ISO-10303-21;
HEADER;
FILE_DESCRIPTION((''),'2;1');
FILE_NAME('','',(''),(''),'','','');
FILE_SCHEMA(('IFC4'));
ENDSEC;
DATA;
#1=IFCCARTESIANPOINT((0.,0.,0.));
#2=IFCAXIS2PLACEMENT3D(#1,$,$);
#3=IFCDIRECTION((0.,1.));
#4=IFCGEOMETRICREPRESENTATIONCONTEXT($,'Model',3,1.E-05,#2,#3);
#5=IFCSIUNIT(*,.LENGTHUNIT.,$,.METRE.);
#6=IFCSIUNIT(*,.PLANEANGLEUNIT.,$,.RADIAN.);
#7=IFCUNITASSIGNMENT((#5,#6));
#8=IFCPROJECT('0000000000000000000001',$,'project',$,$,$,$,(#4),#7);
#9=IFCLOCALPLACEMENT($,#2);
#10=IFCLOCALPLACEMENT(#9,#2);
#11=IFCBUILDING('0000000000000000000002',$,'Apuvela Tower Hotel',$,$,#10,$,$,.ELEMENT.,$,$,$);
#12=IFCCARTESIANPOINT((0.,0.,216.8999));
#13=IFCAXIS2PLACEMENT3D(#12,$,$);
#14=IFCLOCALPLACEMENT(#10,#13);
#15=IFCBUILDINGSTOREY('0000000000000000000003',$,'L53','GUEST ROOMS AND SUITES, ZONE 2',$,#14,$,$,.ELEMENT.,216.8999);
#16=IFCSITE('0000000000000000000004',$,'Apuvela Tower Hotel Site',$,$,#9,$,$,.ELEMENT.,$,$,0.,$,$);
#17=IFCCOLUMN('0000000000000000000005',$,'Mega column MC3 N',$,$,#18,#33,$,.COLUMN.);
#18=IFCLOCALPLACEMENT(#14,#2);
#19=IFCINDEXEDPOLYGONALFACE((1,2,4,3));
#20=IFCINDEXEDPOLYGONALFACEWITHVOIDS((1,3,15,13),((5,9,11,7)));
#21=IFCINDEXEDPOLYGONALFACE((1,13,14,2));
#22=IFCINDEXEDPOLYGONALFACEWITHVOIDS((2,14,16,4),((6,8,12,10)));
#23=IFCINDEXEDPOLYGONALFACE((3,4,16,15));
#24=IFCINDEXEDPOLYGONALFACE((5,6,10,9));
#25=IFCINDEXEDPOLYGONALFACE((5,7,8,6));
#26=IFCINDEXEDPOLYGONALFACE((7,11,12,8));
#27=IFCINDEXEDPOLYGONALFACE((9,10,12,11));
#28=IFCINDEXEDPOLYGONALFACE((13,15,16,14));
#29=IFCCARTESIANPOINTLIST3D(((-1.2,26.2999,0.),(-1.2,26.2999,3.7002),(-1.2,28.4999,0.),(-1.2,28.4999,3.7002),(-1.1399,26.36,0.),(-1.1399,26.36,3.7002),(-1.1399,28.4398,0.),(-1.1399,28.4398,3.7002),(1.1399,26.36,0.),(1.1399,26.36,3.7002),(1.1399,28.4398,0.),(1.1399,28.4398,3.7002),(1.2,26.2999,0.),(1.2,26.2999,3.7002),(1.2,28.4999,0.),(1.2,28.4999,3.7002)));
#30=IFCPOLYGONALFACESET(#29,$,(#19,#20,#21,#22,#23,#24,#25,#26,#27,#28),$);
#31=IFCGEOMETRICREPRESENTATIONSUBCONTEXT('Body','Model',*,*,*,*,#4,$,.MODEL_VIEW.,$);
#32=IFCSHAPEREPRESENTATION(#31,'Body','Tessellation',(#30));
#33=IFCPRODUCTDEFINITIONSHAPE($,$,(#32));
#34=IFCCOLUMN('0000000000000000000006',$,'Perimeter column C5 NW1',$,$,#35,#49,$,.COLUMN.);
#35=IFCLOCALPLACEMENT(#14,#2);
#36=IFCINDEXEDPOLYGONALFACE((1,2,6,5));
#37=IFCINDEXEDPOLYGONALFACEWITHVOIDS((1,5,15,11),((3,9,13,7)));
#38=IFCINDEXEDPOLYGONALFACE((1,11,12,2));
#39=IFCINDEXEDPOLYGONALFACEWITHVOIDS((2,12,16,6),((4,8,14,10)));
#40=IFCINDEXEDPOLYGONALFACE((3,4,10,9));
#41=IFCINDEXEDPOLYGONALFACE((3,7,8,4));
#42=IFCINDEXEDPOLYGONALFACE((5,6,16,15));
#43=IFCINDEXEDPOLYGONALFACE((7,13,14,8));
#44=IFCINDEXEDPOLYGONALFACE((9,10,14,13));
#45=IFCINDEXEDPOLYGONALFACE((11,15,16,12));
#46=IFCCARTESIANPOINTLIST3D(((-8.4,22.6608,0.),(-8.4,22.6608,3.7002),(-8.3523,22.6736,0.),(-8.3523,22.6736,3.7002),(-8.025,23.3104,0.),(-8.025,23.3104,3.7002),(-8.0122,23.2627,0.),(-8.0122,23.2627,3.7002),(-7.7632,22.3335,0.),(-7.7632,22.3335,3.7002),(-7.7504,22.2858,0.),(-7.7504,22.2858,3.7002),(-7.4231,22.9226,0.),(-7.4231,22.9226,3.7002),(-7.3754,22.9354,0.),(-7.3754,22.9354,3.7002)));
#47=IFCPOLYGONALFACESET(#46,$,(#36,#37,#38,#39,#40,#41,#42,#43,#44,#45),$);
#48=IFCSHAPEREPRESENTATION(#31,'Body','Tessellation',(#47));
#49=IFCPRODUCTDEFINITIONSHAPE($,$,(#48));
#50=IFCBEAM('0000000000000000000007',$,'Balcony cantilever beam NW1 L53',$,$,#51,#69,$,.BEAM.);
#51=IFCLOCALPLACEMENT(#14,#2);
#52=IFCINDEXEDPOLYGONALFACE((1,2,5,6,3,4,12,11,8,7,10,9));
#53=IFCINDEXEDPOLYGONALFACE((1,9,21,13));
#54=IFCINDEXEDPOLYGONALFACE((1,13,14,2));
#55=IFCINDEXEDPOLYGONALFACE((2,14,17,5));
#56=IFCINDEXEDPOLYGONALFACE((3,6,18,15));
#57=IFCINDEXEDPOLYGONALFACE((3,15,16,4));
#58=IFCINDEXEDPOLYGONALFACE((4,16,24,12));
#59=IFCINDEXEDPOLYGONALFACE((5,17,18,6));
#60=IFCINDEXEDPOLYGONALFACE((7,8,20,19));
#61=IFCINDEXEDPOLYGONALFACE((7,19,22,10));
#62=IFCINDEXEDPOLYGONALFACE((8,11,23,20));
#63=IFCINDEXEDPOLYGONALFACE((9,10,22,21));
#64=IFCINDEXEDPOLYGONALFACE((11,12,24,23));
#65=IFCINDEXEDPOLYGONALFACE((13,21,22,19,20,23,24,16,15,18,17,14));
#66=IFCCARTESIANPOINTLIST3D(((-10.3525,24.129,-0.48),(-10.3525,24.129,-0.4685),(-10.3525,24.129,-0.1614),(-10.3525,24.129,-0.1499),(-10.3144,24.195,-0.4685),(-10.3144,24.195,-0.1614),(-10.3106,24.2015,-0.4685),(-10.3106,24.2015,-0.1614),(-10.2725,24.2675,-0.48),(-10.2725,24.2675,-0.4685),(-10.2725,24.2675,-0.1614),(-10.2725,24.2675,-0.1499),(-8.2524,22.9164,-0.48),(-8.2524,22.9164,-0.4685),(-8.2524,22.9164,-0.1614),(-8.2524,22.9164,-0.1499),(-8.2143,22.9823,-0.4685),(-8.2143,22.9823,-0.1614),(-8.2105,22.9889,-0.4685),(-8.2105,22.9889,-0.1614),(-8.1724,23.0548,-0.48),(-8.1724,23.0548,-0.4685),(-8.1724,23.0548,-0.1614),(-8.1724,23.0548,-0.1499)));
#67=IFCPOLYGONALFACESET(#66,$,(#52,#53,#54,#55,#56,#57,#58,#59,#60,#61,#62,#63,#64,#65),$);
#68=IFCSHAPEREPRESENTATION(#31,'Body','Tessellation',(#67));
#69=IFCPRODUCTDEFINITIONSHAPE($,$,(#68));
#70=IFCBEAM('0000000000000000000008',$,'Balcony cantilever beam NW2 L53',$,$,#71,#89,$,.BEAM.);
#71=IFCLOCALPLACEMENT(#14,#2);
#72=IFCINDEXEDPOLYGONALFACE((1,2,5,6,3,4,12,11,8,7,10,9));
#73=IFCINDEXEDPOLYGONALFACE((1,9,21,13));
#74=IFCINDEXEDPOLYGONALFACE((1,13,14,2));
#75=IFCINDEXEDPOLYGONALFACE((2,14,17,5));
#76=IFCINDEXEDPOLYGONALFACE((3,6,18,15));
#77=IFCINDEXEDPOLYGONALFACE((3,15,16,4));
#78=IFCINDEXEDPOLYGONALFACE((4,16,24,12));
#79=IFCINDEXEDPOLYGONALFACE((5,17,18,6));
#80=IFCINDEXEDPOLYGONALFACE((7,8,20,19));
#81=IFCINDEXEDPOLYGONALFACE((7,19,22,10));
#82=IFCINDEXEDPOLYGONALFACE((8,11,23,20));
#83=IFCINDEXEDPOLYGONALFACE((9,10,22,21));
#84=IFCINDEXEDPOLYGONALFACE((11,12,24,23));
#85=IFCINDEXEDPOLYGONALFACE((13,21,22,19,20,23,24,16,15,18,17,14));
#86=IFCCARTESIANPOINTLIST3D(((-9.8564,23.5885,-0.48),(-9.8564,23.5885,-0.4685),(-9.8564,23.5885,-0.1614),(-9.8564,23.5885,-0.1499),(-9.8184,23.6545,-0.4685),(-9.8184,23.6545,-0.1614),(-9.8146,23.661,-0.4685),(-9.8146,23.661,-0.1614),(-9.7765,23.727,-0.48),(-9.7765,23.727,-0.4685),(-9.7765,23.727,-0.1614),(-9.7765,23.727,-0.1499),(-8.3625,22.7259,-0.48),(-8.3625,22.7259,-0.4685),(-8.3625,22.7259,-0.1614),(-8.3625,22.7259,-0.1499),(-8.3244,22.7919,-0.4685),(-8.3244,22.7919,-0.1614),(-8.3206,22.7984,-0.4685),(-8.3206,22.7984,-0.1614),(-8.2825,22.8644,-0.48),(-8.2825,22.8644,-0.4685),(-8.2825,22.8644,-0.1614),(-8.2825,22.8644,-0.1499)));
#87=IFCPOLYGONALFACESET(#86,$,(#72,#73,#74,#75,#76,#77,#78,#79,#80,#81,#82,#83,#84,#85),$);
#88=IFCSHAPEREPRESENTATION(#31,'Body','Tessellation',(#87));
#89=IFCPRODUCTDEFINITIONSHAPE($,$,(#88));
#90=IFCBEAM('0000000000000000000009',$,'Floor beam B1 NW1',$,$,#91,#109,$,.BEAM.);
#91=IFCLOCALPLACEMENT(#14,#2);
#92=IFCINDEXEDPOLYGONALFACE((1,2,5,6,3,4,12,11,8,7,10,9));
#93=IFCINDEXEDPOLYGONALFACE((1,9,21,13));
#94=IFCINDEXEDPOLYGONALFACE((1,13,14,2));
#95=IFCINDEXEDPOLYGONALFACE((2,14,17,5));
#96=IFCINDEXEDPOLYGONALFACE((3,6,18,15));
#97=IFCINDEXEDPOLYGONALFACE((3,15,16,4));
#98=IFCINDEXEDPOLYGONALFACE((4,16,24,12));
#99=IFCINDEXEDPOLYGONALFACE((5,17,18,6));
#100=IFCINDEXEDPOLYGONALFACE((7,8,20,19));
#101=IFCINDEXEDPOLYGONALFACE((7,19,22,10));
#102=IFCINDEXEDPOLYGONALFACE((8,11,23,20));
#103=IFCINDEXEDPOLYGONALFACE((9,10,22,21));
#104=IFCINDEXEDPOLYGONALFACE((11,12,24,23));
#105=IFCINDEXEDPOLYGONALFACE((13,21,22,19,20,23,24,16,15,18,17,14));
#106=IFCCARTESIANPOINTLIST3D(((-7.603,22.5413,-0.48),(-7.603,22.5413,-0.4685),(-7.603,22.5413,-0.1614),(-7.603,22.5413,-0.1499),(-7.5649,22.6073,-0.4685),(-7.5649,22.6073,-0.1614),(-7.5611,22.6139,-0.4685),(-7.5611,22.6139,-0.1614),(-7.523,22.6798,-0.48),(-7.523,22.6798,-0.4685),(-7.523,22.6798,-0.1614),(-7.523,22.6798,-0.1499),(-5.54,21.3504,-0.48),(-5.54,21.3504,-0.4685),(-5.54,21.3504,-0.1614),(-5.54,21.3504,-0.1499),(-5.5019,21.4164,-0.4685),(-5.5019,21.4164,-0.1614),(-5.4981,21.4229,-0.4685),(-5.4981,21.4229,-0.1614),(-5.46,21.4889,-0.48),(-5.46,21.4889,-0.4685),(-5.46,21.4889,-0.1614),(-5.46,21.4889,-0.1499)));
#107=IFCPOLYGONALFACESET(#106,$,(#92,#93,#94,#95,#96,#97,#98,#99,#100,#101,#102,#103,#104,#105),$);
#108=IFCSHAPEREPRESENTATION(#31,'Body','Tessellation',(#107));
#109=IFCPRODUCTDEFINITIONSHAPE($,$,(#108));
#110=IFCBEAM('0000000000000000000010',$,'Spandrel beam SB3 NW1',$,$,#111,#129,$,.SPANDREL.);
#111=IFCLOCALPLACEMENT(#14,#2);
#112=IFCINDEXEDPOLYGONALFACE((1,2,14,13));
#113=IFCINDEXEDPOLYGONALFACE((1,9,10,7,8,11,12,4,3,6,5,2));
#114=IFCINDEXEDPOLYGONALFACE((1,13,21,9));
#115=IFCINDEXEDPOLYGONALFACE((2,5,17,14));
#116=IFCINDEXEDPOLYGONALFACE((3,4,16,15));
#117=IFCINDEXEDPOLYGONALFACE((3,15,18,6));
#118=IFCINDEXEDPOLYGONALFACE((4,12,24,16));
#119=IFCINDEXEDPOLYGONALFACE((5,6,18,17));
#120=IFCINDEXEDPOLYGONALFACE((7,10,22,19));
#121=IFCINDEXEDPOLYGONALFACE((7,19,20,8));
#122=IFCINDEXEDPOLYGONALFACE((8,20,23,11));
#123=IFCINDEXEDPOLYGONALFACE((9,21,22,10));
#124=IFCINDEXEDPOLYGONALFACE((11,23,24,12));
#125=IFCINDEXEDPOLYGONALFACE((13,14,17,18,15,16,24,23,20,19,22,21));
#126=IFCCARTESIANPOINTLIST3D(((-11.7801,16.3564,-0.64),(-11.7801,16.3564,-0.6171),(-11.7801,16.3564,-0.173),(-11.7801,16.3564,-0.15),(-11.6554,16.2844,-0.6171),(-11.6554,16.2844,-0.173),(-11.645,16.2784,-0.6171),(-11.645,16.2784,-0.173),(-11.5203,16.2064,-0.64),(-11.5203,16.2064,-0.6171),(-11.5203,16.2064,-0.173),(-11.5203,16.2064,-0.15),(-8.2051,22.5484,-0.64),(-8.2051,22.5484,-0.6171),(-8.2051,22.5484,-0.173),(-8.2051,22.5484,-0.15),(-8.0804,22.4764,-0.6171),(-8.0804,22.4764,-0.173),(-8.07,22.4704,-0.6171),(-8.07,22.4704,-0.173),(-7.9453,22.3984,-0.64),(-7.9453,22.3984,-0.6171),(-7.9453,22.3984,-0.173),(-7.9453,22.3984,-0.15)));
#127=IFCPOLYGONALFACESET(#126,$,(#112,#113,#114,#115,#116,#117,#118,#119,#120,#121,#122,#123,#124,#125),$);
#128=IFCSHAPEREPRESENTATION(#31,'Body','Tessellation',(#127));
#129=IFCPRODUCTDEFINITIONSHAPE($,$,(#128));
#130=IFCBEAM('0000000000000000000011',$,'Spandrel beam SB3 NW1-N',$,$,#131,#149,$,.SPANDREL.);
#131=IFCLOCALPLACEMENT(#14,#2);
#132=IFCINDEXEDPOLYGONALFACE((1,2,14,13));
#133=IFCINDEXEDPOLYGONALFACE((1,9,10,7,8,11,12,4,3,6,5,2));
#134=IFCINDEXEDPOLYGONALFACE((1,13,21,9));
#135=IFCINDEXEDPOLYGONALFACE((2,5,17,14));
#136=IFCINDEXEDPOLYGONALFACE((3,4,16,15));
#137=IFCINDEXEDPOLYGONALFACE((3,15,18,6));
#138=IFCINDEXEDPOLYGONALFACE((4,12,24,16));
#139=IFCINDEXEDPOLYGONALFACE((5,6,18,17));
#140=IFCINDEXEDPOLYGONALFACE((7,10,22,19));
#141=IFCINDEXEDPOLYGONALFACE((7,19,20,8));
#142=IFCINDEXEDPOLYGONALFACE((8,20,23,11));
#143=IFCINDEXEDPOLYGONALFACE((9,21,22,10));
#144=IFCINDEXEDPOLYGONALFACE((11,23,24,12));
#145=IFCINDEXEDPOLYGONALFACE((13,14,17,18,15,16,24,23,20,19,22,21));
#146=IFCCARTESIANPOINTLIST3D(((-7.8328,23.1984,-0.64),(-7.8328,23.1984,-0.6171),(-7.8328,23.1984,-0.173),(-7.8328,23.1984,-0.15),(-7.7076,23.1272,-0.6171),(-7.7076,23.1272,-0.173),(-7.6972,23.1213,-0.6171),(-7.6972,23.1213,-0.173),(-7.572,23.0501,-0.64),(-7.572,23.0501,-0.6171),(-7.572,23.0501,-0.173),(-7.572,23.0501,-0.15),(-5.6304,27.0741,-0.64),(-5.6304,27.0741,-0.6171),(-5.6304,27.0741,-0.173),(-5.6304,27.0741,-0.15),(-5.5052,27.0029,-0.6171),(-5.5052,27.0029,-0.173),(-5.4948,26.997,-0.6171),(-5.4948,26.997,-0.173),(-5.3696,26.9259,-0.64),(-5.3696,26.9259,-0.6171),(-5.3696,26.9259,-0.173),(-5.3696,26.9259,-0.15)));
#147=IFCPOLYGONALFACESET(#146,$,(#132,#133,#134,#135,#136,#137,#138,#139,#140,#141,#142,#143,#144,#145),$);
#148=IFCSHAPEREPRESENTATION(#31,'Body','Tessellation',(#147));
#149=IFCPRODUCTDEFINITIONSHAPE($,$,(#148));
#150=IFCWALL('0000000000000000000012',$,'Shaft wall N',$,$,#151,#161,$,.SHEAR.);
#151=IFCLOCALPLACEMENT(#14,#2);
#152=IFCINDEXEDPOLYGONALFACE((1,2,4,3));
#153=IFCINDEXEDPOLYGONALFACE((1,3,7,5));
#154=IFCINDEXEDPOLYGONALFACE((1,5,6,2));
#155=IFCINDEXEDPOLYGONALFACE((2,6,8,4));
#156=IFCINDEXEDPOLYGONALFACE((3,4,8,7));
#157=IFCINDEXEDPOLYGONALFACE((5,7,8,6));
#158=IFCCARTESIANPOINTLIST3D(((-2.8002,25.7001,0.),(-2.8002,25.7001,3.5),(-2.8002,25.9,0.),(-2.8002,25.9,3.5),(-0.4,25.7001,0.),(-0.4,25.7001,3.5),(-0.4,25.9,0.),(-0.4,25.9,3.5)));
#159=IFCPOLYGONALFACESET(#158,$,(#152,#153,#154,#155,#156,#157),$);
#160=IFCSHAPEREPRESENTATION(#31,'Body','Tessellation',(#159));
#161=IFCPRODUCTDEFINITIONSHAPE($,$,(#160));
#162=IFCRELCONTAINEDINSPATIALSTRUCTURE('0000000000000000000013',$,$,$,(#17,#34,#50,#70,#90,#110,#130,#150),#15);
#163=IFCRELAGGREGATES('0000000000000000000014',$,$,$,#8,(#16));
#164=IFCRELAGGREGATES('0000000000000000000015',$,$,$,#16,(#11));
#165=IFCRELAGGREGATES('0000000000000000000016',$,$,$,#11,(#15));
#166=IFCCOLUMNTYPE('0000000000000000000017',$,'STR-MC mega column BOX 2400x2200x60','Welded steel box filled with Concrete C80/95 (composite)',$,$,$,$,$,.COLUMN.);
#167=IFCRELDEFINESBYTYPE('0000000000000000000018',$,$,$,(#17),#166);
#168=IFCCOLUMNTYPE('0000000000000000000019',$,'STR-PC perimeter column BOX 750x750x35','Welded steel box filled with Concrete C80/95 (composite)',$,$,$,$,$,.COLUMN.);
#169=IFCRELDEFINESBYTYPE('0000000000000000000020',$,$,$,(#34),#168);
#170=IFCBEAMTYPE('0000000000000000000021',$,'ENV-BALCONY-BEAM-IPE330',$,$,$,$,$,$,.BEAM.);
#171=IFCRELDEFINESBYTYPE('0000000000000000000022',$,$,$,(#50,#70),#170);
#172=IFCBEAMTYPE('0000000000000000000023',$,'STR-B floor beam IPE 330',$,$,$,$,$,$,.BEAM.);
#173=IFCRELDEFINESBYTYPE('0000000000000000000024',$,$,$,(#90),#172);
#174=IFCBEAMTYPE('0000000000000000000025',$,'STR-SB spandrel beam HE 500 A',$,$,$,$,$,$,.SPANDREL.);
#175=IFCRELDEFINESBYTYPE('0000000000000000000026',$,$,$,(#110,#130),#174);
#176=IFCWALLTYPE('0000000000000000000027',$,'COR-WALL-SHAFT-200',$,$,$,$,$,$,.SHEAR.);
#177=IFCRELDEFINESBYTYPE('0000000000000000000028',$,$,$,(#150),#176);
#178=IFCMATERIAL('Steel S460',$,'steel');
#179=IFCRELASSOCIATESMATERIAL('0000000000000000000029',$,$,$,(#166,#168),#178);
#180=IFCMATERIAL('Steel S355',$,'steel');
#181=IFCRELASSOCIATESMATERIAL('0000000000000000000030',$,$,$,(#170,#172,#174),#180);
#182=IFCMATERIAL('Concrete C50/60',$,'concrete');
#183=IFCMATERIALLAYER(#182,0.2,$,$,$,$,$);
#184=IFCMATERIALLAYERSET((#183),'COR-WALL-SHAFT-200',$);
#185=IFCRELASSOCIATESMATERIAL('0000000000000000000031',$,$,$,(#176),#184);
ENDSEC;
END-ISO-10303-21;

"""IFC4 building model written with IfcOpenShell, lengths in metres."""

from ifc_helpers import new_model, si_unit, direction, frame, frame_2d, origin, origin_2d, place, context, subcontext, project, spatial, rectangle, hollow_rectangle, i_section, extrude, material, layer, layer_set, material_profile, profile_set, type_object, element, save


model = new_model("IFC4")

# Units and contexts
model_context = context("Model", 3, precision=1e-05, world=origin(), true_north=direction((0.0, 1.0)))
body_context = subcontext(model_context, "Body", "Model", "MODEL_VIEW")
ifc_project = project(units=[si_unit("LENGTHUNIT", "METRE"), si_unit("PLANEANGLEUNIT", "RADIAN")], contexts=[model_context])

# Site, building, storey
site_placement = place(None, origin())
site = spatial("IfcSite", under=ifc_project, at=site_placement, Name="Apuvela Tower Hotel Site", CompositionType="ELEMENT", RefElevation=0.0)
building_placement = place(site_placement, origin())
building = spatial("IfcBuilding", under=site, at=building_placement, Name="Apuvela Tower Hotel", CompositionType="ELEMENT")
storey_placement = place(building_placement, frame((0.0, 0.0, 216.8999)))
storey = spatial("IfcBuildingStorey", under=building, at=storey_placement, Name="L53", Description="GUEST ROOMS AND SUITES, ZONE 2", CompositionType="ELEMENT", Elevation=216.8999)

# Columns
ifc_material_1 = material(Name="Steel S460", Category="steel")
ifc_material_profile_1 = material_profile(ifc_material_1, hollow_rectangle(XDim=2.3999, YDim=2.2, WallThickness=0.0601, at=origin_2d()), Name="BOX 2400x2200x60")
ifc_material_2 = material(Name="Concrete C80/95", Category="concrete")
ifc_material_profile_2 = material_profile(ifc_material_2, rectangle(XDim=2.28, YDim=2.0801, at=origin_2d()), Name="Concrete C80/95 infill")
ifc_profile_set_1 = profile_set([ifc_material_profile_1, ifc_material_profile_2], Name="Steel S460")
column_type_1 = type_object("IfcColumnType", Name="STR-MC mega column BOX 2400x2200x60", Description="Welded steel box filled with Concrete C80/95 (composite)", PredefinedType="COLUMN", material=ifc_profile_set_1)
column_1_placement = place(storey_placement, frame((0.0, 27.3999, 0.0), z_axis=(0.0, 0.0, 1.0), x_axis=(1.0, 0.0, 0.0)))
element("IfcColumn", 1, at=column_1_placement, inside=storey, type_object=column_type_1, Name="Mega column MC3 N", PredefinedType="COLUMN", context=body_context, shape_type="SweptSolid", body=[
    extrude(hollow_rectangle(XDim=2.3999, YDim=2.2, WallThickness=0.0601, at=origin_2d()), origin(), (0.0, 0.0, 1.0), 3.7002),
])
ifc_material_profile_3 = material_profile(ifc_material_1, hollow_rectangle(XDim=0.75, YDim=0.75, WallThickness=0.0349, at=origin_2d()), Name="BOX 750x750x35")
ifc_material_profile_4 = material_profile(ifc_material_2, rectangle(XDim=0.6799, YDim=0.6799, at=origin_2d()), Name="Concrete C80/95 infill")
ifc_profile_set_2 = profile_set([ifc_material_profile_3, ifc_material_profile_4], Name="Steel S460")
column_type_2 = type_object("IfcColumnType", Name="STR-PC perimeter column BOX 750x750x35", Description="Welded steel box filled with Concrete C80/95 (composite)", PredefinedType="COLUMN", material=ifc_profile_set_2)
column_2_placement = place(storey_placement, frame((-7.8877, 22.7981, 0.0), z_axis=(0.0, 0.0, 1.0), x_axis=(0.5, 0.866025, 0.0)))
element("IfcColumn", 2, at=column_2_placement, inside=storey, type_object=column_type_2, Name="Perimeter column C5 NW1", PredefinedType="COLUMN", context=body_context, shape_type="SweptSolid", body=[
    extrude(hollow_rectangle(XDim=0.75, YDim=0.75, WallThickness=0.0349, at=origin_2d()), origin(), (0.0, 0.0, 1.0), 3.7002),
])

# Beams
ifc_material_3 = material(Name="Steel S355", Category="steel")
ifc_material_profile_5 = material_profile(ifc_material_3, i_section(OverallWidth=0.1599, OverallDepth=0.3301, WebThickness=0.0076, FlangeThickness=0.0115, at=origin_2d()), Name="IPE 330")
ifc_profile_set_3 = profile_set([ifc_material_profile_5], Name="Steel S355")
beam_type_1 = type_object("IfcBeamType", Name="ENV-BALCONY-BEAM-IPE330", PredefinedType="BEAM", material=ifc_profile_set_3)
beam_1_placement = place(storey_placement, frame((-8.2124, 22.9856, -0.3149), z_axis=(-0.865998, 0.500048, 0.0), x_axis=(-0.500048, -0.865998, 0.0)))
element("IfcBeam", 3, at=beam_1_placement, inside=storey, type_object=beam_type_1, Name="Balcony cantilever beam NW1 L53", PredefinedType="BEAM", context=body_context, shape_type="SweptSolid", body=[
    extrude(i_section(OverallWidth=0.1599, OverallDepth=0.3301, WebThickness=0.0076, FlangeThickness=0.0115, at=origin_2d()), origin(), (0.0, 0.0, 1.0), 2.425),
])
beam_2_placement = place(storey_placement, frame((-8.3225, 22.7952, -0.3149), z_axis=(-0.866014, 0.500021, 0.0), x_axis=(-0.500021, -0.866014, 0.0)))
element("IfcBeam", 4, at=beam_2_placement, inside=storey, type_object=beam_type_1, Name="Balcony cantilever beam NW2 L53", PredefinedType="BEAM", context=body_context, shape_type="SweptSolid", body=[
    extrude(i_section(OverallWidth=0.1599, OverallDepth=0.3301, WebThickness=0.0076, FlangeThickness=0.0115, at=origin_2d()), origin(), (0.0, 0.0, 1.0), 1.7251),
])
ifc_material_profile_6 = material_profile(ifc_material_3, i_section(OverallWidth=0.1599, OverallDepth=0.3301, WebThickness=0.0076, FlangeThickness=0.0115, at=origin_2d()), Name="IPE 330")
ifc_profile_set_4 = profile_set([ifc_material_profile_6], Name="Steel S355")
beam_type_2 = type_object("IfcBeamType", Name="STR-B floor beam IPE 330", PredefinedType="BEAM", material=ifc_profile_set_4)
beam_3_placement = place(storey_placement, frame((-7.563, 22.6106, -0.3149), z_axis=(0.866052, -0.499953, 0.0), x_axis=(0.499953, 0.866052, 0.0)))
element("IfcBeam", 5, at=beam_3_placement, inside=storey, type_object=beam_type_2, Name="Floor beam B1 NW1", PredefinedType="BEAM", context=body_context, shape_type="SweptSolid", body=[
    extrude(i_section(OverallWidth=0.1599, OverallDepth=0.3301, WebThickness=0.0076, FlangeThickness=0.0115, at=origin_2d()), origin(), (0.0, 0.0, 1.0), 2.3821),
])
ifc_material_profile_7 = material_profile(ifc_material_3, i_section(OverallWidth=0.3, OverallDepth=0.49, WebThickness=0.012, FlangeThickness=0.0229, at=origin_2d()), Name="HE 500 A")
ifc_profile_set_5 = profile_set([ifc_material_profile_7], Name="Steel S355")
beam_type_3 = type_object("IfcBeamType", Name="STR-SB spandrel beam HE 500 A", PredefinedType="SPANDREL", material=ifc_profile_set_5)
beam_4_placement = place(storey_placement, frame((-8.0752, 22.4734, -0.395), z_axis=(-0.500006, -0.866022, 0.0), x_axis=(0.866022, -0.500006, 0.0)))
element("IfcBeam", 6, at=beam_4_placement, inside=storey, type_object=beam_type_3, Name="Spandrel beam SB3 NW1", PredefinedType="SPANDREL", context=body_context, shape_type="SweptSolid", body=[
    extrude(i_section(OverallWidth=0.3, OverallDepth=0.49, WebThickness=0.012, FlangeThickness=0.0229, at=origin_2d()), origin(), (0.0, 0.0, 1.0), 7.1499),
])
beam_5_placement = place(storey_placement, frame((-7.7024, 23.1243, -0.395), z_axis=(0.494056, 0.86943, 0.0), x_axis=(-0.86943, 0.494056, 0.0)))
element("IfcBeam", 7, at=beam_5_placement, inside=storey, type_object=beam_type_3, Name="Spandrel beam SB3 NW1-N", PredefinedType="SPANDREL", context=body_context, shape_type="SweptSolid", body=[
    extrude(i_section(OverallWidth=0.3, OverallDepth=0.49, WebThickness=0.012, FlangeThickness=0.0229, at=origin_2d()), origin(), (0.0, 0.0, 1.0), 4.4578),
])

# Wall
ifc_material_4 = material(Name="Concrete C50/60", Category="concrete")
ifc_layer_1 = layer(ifc_material_4, 0.2)
ifc_layer_set_1 = layer_set([ifc_layer_1], Name="COR-WALL-SHAFT-200")
wall_type_1 = type_object("IfcWallType", Name="COR-WALL-SHAFT-200", PredefinedType="SHEAR", material=ifc_layer_set_1)
wall_1_placement = place(storey_placement, frame((-0.3999, 25.8, 0.0), z_axis=(0.0, 0.0, 1.0), x_axis=(-1.0, 0.0, 0.0)))
element("IfcWall", 8, at=wall_1_placement, inside=storey, type_object=wall_type_1, Name="Shaft wall N", PredefinedType="SHEAR", context=body_context, shape_type="SweptSolid", body=[
    extrude(rectangle(XDim=2.4001, YDim=0.2, at=frame_2d((1.2002, 0.0))), origin(), (0.0, 0.0, 1.0), 3.5),
])

save(model, "model.ifc")
